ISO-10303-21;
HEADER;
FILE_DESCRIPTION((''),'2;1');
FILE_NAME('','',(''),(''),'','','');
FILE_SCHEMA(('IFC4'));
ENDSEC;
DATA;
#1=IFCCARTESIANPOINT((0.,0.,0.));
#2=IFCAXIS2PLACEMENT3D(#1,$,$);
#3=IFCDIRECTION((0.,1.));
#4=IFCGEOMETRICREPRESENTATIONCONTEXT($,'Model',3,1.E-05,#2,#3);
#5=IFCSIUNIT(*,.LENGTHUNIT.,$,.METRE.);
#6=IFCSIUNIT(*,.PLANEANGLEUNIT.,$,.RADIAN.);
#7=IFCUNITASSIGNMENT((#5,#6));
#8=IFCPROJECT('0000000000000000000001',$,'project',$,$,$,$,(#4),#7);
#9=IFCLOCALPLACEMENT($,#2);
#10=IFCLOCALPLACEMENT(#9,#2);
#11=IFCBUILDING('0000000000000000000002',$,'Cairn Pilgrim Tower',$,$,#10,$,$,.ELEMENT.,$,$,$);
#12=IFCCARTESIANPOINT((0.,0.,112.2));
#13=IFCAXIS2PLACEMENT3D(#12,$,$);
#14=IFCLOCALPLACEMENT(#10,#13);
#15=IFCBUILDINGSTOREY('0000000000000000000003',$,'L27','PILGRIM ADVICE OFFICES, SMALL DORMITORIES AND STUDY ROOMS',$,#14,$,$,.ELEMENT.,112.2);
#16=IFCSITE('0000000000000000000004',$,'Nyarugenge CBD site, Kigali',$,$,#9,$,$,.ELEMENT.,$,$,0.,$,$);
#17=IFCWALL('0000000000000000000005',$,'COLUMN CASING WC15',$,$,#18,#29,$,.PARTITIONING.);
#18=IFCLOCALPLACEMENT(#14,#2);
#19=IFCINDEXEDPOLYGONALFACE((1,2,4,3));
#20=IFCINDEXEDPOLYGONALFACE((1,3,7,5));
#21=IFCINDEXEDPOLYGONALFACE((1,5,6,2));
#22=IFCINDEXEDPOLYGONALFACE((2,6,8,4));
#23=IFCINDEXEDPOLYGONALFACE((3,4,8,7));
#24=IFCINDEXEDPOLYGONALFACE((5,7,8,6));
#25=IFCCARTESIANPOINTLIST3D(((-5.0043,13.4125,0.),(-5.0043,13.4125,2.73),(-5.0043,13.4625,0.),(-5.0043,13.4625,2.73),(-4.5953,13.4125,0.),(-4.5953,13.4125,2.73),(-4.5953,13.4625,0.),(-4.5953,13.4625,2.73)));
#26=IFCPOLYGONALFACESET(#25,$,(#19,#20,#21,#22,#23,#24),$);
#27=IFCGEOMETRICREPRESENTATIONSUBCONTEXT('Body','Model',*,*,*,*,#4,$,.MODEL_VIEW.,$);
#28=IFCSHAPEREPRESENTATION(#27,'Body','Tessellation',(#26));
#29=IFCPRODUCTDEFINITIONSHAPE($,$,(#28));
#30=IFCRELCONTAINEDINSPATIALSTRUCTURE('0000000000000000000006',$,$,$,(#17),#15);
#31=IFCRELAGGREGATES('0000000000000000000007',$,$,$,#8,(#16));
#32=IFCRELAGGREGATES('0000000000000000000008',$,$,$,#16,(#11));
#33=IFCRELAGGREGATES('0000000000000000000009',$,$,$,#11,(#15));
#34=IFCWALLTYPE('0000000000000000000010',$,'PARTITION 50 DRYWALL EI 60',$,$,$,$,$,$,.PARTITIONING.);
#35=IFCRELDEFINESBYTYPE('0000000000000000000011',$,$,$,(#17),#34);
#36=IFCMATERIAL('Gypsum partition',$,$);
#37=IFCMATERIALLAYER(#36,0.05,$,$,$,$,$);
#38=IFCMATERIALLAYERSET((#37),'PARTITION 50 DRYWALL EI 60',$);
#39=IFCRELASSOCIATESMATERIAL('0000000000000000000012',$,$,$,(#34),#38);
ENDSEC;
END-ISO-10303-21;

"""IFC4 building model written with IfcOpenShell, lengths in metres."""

from ifc_helpers import new_model, si_unit, direction, frame, frame_2d, origin, place, context, subcontext, project, spatial, rectangle, extrude, material, layer, layer_set, type_object, element, save


model = new_model("IFC4")

# Units and contexts
model_context = context("Model", 3, precision=1e-05, world=origin(), true_north=direction((0.0, 1.0)))
body_context = subcontext(model_context, "Body", "Model", "MODEL_VIEW")
ifc_project = project(units=[si_unit("LENGTHUNIT", "METRE"), si_unit("PLANEANGLEUNIT", "RADIAN")], contexts=[model_context])

# Site, building, storey
site_placement = place(None, origin())
site = spatial("IfcSite", under=ifc_project, at=site_placement, Name="Nyarugenge CBD site, Kigali", CompositionType="ELEMENT", RefElevation=0.0)
building_placement = place(site_placement, origin())
building = spatial("IfcBuilding", under=site, at=building_placement, Name="Cairn Pilgrim Tower", CompositionType="ELEMENT")
storey_placement = place(building_placement, frame((0.0, 0.0, 112.2)))
storey = spatial("IfcBuildingStorey", under=building, at=storey_placement, Name="L27", Description="PILGRIM ADVICE OFFICES, SMALL DORMITORIES AND STUDY ROOMS", CompositionType="ELEMENT", Elevation=112.2)

# Shared definitions
ifc_material_1 = material(Name="Gypsum partition")

# Wall
ifc_layer_1 = layer(ifc_material_1, 0.05)
ifc_layer_set_1 = layer_set([ifc_layer_1], Name="PARTITION 50 DRYWALL EI 60")
wall_type_1 = type_object("IfcWallType", Name="PARTITION 50 DRYWALL EI 60", PredefinedType="PARTITIONING", material=ifc_layer_set_1)
wall_1_placement = place(storey_placement, frame((-5.0044, 13.4375, 0.0), z_axis=(0.0, 0.0, 1.0), x_axis=(1.0, 0.0, 0.0)))
element("IfcWall", 1, at=wall_1_placement, inside=storey, type_object=wall_type_1, Name="COLUMN CASING WC15", PredefinedType="PARTITIONING", context=body_context, shape_type="SweptSolid", body=[
    extrude(rectangle(XDim=0.4089, YDim=0.05, at=frame_2d((0.2046, 0.0))), origin(), (0.0, 0.0, 1.0), 2.73),
])

save(model, "model.ifc")
